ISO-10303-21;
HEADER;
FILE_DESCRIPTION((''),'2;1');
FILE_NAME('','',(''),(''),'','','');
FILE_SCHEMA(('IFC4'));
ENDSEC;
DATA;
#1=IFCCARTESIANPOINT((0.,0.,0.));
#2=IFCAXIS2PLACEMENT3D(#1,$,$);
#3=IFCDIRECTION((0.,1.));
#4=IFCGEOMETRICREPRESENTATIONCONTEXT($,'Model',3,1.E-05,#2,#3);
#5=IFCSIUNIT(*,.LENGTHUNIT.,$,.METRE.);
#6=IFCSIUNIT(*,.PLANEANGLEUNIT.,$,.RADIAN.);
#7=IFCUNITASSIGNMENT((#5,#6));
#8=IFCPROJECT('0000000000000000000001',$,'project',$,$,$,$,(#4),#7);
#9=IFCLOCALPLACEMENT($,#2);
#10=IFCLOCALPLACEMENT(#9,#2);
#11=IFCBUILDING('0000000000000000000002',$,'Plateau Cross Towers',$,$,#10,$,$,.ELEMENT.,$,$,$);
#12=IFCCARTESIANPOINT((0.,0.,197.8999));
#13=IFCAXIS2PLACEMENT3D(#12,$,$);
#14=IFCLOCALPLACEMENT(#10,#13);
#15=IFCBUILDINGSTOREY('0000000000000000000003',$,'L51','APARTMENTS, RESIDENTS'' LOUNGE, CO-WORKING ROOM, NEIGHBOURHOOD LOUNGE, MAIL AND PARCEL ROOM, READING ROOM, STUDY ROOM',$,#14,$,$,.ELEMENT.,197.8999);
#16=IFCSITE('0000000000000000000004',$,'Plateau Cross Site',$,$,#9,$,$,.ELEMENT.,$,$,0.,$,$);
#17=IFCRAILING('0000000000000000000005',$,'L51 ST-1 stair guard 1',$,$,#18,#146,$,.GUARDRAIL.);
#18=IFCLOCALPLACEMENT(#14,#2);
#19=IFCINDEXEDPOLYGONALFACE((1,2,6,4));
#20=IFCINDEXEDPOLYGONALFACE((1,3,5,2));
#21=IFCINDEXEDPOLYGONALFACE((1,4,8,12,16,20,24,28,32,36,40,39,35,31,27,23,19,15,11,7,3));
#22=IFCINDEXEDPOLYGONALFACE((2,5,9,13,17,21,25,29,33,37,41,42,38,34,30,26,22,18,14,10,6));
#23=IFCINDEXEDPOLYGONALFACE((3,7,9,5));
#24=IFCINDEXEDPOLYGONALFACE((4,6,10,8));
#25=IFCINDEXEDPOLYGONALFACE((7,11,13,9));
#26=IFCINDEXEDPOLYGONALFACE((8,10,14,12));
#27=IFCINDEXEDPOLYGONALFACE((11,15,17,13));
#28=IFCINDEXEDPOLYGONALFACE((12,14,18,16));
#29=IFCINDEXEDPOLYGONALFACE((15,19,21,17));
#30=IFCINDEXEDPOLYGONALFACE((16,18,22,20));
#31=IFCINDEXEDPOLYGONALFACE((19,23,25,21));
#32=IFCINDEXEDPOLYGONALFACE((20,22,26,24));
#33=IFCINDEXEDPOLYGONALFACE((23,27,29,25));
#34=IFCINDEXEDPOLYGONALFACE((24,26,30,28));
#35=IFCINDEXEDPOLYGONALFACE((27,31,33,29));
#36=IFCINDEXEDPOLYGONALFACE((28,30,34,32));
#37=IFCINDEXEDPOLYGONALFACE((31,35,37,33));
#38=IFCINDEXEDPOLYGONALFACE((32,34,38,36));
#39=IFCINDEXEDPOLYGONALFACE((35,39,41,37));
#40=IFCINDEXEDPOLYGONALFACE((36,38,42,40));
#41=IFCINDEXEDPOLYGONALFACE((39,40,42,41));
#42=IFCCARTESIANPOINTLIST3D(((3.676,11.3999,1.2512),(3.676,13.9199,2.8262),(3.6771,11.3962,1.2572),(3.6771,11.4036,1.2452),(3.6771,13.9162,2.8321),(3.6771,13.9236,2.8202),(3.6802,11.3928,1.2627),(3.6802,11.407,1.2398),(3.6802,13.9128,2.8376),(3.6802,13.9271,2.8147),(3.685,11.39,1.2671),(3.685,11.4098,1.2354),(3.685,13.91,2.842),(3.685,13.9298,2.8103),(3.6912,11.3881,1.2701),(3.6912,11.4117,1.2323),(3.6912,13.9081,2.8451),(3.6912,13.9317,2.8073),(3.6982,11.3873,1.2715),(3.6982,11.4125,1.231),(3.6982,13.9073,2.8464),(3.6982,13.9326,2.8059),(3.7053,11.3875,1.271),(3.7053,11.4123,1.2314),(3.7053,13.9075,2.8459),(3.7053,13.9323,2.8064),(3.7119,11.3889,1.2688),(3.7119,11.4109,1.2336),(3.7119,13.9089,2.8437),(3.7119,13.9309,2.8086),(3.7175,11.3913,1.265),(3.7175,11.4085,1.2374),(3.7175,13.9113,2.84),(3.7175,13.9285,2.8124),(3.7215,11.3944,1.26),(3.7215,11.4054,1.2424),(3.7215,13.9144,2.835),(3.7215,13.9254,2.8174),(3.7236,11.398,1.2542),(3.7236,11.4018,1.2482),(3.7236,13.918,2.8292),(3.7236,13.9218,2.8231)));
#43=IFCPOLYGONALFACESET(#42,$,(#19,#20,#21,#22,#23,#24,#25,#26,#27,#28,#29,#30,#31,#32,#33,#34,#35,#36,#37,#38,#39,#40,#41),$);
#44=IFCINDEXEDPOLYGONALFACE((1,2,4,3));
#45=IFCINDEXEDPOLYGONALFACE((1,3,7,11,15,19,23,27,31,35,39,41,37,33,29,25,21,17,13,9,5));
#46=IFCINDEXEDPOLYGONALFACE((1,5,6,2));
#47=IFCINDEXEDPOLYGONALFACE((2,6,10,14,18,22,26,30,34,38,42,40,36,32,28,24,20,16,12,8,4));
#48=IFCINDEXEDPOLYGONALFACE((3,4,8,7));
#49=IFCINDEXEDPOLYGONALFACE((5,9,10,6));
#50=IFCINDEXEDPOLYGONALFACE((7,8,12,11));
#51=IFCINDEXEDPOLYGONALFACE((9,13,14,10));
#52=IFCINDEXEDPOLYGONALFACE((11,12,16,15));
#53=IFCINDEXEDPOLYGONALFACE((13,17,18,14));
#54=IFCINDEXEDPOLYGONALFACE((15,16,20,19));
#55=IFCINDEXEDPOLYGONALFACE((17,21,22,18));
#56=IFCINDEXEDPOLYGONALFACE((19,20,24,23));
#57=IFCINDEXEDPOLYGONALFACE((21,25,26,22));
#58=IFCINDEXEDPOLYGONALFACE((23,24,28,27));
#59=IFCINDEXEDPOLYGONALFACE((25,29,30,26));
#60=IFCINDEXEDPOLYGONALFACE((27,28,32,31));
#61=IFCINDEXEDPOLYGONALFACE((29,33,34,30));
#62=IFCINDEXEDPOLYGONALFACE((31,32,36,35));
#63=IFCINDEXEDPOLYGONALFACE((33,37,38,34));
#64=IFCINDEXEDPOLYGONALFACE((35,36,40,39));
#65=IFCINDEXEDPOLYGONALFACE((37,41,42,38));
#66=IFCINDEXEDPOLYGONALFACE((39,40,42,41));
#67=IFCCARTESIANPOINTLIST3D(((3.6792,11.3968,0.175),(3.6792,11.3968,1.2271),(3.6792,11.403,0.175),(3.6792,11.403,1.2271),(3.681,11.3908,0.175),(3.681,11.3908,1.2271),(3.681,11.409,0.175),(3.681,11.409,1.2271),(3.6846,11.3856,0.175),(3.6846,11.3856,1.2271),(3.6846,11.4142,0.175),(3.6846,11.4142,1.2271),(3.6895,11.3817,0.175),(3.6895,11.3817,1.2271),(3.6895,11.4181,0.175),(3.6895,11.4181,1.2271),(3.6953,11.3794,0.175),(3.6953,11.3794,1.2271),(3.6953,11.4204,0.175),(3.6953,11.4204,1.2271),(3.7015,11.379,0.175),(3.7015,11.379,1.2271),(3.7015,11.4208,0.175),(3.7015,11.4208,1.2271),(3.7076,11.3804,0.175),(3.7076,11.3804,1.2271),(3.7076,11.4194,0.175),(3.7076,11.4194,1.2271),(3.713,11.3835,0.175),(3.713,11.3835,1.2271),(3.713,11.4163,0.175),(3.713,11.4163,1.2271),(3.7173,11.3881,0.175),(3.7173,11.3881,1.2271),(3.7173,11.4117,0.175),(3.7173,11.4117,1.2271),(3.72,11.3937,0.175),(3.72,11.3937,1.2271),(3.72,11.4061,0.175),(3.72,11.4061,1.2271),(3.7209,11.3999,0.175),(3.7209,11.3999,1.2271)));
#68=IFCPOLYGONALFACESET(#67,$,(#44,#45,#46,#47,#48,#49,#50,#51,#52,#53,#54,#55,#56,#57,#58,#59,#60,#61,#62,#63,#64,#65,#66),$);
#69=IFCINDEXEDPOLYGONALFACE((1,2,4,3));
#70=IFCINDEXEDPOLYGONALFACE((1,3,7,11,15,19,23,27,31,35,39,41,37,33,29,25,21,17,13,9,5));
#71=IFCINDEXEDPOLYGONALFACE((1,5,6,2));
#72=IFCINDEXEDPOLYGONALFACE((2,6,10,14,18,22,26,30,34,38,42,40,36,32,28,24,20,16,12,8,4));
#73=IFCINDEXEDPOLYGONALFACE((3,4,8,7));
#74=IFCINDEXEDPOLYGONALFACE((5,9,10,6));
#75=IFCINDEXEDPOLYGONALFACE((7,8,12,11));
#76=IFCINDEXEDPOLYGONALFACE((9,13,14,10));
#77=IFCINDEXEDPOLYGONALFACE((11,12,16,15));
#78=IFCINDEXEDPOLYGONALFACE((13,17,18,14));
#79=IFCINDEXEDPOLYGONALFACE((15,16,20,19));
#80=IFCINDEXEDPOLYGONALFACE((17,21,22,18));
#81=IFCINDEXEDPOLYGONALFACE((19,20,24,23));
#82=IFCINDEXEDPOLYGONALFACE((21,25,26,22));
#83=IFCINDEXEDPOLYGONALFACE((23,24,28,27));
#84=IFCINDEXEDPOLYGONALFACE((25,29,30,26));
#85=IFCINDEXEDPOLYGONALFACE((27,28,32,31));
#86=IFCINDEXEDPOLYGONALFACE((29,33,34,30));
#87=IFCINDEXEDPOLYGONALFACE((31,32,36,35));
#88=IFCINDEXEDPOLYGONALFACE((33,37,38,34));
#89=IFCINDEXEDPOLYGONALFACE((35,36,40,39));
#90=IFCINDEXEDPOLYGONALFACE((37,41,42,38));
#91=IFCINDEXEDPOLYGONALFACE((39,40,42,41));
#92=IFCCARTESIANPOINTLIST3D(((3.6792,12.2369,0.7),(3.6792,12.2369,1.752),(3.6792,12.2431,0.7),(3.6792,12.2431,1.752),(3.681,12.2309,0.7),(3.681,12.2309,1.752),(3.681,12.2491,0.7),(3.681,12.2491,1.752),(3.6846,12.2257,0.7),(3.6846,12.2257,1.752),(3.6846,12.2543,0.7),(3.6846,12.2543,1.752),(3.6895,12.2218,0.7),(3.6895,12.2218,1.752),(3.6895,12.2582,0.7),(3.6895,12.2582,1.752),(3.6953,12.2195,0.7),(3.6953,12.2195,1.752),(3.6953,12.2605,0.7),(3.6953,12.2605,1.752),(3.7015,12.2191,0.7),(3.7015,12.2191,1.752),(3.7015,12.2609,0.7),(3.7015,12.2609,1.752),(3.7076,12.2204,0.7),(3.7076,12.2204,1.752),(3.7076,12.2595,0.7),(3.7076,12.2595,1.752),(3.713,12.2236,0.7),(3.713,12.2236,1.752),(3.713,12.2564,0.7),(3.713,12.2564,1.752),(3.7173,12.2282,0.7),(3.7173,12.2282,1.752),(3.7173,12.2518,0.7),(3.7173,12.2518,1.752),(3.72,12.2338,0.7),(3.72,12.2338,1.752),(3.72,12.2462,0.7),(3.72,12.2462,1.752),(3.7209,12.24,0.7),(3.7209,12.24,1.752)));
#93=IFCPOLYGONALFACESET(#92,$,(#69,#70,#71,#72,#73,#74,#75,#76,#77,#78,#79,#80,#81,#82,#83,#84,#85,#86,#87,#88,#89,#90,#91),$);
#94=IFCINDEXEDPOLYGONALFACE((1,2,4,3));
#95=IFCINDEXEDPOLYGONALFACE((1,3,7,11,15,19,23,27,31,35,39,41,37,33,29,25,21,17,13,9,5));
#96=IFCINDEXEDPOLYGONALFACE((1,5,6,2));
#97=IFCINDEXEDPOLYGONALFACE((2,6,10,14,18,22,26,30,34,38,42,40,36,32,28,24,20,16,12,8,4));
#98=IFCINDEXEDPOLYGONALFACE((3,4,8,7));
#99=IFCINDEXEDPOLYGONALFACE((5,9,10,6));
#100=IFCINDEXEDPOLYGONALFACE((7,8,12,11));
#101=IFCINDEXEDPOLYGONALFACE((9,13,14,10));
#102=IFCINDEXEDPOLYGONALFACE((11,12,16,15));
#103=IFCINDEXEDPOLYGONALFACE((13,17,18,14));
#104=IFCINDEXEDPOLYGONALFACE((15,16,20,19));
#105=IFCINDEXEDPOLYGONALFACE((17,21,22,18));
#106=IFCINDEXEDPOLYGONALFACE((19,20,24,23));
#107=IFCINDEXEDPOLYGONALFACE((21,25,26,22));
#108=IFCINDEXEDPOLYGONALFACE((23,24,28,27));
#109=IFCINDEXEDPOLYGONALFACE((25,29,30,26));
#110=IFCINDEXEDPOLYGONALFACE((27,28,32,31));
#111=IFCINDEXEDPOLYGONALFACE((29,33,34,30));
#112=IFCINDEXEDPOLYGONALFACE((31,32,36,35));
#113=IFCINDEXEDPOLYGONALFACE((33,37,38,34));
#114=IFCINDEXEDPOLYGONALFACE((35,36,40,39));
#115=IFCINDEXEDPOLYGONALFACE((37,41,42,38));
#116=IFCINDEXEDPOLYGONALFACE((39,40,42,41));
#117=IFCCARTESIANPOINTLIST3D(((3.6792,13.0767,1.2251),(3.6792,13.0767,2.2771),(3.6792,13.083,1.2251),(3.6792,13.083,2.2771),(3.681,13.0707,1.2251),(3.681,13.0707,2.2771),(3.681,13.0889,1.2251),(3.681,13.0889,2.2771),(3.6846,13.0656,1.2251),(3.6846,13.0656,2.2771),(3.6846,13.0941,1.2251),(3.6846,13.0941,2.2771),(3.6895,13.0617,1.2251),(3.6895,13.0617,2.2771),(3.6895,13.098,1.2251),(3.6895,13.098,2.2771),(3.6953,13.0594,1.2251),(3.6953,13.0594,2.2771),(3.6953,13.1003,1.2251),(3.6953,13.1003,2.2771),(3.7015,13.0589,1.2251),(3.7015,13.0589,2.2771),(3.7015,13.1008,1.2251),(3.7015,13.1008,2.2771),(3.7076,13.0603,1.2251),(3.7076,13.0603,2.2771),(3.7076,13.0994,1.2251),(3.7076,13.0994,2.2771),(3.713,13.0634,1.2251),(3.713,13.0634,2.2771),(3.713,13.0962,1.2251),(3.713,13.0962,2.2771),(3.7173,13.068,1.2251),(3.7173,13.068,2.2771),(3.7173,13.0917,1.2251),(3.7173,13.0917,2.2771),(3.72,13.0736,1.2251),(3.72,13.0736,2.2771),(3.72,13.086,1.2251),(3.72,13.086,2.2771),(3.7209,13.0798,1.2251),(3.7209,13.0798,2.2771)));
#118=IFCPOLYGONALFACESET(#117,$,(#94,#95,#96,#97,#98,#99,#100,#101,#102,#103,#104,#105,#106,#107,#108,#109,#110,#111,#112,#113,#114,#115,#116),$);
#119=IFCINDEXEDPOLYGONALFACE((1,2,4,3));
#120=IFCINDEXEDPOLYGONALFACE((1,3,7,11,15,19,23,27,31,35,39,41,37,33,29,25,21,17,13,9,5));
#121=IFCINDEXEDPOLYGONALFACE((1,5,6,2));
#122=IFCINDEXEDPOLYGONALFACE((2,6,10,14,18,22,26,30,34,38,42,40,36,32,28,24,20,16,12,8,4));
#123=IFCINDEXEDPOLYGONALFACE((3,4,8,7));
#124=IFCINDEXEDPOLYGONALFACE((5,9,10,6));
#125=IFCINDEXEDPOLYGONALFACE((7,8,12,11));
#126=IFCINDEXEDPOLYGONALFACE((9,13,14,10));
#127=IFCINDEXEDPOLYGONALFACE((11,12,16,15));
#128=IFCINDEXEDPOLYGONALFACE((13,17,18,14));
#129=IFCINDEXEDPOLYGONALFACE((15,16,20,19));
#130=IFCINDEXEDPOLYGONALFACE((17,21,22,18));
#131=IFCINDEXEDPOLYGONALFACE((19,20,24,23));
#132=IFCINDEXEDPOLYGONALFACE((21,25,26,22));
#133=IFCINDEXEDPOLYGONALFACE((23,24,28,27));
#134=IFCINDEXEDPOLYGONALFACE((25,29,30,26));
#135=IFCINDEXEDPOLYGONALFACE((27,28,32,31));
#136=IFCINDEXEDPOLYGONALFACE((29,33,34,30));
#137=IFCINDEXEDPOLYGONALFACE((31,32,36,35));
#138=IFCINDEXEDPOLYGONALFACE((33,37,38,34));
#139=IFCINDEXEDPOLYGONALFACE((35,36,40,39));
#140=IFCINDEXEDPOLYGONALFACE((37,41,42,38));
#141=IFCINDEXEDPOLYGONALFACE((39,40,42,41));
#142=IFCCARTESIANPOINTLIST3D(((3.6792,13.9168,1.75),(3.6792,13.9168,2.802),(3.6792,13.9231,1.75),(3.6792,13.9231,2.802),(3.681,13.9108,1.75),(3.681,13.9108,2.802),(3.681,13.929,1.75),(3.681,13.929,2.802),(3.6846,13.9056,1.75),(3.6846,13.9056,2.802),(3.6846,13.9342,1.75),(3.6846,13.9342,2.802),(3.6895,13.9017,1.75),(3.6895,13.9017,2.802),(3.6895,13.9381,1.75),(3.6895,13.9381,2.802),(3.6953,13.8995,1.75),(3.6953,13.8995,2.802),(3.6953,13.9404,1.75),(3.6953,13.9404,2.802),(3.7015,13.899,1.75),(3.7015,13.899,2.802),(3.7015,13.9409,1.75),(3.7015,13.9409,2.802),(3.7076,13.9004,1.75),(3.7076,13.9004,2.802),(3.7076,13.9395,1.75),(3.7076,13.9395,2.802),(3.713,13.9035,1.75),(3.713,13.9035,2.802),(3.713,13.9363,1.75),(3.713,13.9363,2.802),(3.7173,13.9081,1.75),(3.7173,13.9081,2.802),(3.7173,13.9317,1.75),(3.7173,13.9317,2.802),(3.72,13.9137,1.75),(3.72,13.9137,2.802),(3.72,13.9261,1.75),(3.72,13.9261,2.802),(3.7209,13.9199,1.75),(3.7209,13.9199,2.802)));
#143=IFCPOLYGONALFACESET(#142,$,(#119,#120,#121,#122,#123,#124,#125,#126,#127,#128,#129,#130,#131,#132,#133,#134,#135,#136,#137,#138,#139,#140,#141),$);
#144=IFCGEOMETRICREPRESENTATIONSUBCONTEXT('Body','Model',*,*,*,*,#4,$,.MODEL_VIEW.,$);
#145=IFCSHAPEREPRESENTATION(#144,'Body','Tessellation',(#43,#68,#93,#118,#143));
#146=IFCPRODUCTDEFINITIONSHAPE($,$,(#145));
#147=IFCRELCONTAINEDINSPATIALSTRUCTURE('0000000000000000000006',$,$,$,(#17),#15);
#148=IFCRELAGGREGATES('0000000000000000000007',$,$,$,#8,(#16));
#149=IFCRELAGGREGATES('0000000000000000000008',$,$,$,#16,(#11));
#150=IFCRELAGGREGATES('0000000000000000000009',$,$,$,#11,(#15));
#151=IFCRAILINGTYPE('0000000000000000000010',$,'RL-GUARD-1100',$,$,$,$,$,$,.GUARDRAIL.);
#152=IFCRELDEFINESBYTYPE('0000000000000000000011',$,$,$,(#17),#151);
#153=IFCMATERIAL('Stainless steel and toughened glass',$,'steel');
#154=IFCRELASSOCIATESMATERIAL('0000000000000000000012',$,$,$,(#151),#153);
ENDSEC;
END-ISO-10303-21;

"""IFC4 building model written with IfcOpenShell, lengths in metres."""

from ifc_helpers import new_model, si_unit, direction, frame, origin, origin_2d, place, context, subcontext, project, spatial, circle, extrude, material, type_object, element, save


model = new_model("IFC4")

# Units and contexts
model_context = context("Model", 3, precision=1e-05, world=origin(), true_north=direction((0.0, 1.0)))
body_context = subcontext(model_context, "Body", "Model", "MODEL_VIEW")
ifc_project = project(units=[si_unit("LENGTHUNIT", "METRE"), si_unit("PLANEANGLEUNIT", "RADIAN")], contexts=[model_context])

# Site, building, storey
site_placement = place(None, origin())
site = spatial("IfcSite", under=ifc_project, at=site_placement, Name="Plateau Cross Site", CompositionType="ELEMENT", RefElevation=0.0)
building_placement = place(site_placement, origin())
building = spatial("IfcBuilding", under=site, at=building_placement, Name="Plateau Cross Towers", CompositionType="ELEMENT")
storey_placement = place(building_placement, frame((0.0, 0.0, 197.8999)))
storey = spatial("IfcBuildingStorey", under=building, at=storey_placement, Name="L51", Description="APARTMENTS, RESIDENTS' LOUNGE, CO-WORKING ROOM, NEIGHBOURHOOD LOUNGE, MAIL AND PARCEL ROOM, READING ROOM, STUDY ROOM", CompositionType="ELEMENT", Elevation=197.8999)

# Railing
ifc_material_1 = material(Name="Stainless steel and toughened glass", Category="steel")
railing_type_1 = type_object("IfcRailingType", Name="RL-GUARD-1100", PredefinedType="GUARDRAIL", material=ifc_material_1)
railing_1_placement = place(storey_placement, frame((3.7, 11.3999, 0.175)))
element("IfcRailing", 1, at=railing_1_placement, inside=storey, type_object=railing_type_1, Name="L51 ST-1 stair guard 1", PredefinedType="GUARDRAIL", context=body_context, shape_type="SweptSolid", body=[
    extrude(circle(Radius=0.0239, at=origin_2d()), frame((0.0, 0.0, 1.0762), z_axis=(0.0, 0.848008, 0.529984), x_axis=(-1.0, 0.0, 0.0)), (0.0, 0.0, 1.0), 2.9717),
    extrude(circle(Radius=0.021, at=origin_2d()), origin(), (0.0, 0.0, 1.0), 1.052),
    extrude(circle(Radius=0.021, at=origin_2d()), frame((0.0, 0.8401, 0.5249)), (0.0, 0.0, 1.0), 1.052),
    extrude(circle(Radius=0.021, at=origin_2d()), frame((0.0, 1.6799, 1.05)), (0.0, 0.0, 1.0), 1.052),
    extrude(circle(Radius=0.021, at=origin_2d()), frame((0.0, 2.52, 1.575)), (0.0, 0.0, 1.0), 1.052),
])

save(model, "model.ifc")
